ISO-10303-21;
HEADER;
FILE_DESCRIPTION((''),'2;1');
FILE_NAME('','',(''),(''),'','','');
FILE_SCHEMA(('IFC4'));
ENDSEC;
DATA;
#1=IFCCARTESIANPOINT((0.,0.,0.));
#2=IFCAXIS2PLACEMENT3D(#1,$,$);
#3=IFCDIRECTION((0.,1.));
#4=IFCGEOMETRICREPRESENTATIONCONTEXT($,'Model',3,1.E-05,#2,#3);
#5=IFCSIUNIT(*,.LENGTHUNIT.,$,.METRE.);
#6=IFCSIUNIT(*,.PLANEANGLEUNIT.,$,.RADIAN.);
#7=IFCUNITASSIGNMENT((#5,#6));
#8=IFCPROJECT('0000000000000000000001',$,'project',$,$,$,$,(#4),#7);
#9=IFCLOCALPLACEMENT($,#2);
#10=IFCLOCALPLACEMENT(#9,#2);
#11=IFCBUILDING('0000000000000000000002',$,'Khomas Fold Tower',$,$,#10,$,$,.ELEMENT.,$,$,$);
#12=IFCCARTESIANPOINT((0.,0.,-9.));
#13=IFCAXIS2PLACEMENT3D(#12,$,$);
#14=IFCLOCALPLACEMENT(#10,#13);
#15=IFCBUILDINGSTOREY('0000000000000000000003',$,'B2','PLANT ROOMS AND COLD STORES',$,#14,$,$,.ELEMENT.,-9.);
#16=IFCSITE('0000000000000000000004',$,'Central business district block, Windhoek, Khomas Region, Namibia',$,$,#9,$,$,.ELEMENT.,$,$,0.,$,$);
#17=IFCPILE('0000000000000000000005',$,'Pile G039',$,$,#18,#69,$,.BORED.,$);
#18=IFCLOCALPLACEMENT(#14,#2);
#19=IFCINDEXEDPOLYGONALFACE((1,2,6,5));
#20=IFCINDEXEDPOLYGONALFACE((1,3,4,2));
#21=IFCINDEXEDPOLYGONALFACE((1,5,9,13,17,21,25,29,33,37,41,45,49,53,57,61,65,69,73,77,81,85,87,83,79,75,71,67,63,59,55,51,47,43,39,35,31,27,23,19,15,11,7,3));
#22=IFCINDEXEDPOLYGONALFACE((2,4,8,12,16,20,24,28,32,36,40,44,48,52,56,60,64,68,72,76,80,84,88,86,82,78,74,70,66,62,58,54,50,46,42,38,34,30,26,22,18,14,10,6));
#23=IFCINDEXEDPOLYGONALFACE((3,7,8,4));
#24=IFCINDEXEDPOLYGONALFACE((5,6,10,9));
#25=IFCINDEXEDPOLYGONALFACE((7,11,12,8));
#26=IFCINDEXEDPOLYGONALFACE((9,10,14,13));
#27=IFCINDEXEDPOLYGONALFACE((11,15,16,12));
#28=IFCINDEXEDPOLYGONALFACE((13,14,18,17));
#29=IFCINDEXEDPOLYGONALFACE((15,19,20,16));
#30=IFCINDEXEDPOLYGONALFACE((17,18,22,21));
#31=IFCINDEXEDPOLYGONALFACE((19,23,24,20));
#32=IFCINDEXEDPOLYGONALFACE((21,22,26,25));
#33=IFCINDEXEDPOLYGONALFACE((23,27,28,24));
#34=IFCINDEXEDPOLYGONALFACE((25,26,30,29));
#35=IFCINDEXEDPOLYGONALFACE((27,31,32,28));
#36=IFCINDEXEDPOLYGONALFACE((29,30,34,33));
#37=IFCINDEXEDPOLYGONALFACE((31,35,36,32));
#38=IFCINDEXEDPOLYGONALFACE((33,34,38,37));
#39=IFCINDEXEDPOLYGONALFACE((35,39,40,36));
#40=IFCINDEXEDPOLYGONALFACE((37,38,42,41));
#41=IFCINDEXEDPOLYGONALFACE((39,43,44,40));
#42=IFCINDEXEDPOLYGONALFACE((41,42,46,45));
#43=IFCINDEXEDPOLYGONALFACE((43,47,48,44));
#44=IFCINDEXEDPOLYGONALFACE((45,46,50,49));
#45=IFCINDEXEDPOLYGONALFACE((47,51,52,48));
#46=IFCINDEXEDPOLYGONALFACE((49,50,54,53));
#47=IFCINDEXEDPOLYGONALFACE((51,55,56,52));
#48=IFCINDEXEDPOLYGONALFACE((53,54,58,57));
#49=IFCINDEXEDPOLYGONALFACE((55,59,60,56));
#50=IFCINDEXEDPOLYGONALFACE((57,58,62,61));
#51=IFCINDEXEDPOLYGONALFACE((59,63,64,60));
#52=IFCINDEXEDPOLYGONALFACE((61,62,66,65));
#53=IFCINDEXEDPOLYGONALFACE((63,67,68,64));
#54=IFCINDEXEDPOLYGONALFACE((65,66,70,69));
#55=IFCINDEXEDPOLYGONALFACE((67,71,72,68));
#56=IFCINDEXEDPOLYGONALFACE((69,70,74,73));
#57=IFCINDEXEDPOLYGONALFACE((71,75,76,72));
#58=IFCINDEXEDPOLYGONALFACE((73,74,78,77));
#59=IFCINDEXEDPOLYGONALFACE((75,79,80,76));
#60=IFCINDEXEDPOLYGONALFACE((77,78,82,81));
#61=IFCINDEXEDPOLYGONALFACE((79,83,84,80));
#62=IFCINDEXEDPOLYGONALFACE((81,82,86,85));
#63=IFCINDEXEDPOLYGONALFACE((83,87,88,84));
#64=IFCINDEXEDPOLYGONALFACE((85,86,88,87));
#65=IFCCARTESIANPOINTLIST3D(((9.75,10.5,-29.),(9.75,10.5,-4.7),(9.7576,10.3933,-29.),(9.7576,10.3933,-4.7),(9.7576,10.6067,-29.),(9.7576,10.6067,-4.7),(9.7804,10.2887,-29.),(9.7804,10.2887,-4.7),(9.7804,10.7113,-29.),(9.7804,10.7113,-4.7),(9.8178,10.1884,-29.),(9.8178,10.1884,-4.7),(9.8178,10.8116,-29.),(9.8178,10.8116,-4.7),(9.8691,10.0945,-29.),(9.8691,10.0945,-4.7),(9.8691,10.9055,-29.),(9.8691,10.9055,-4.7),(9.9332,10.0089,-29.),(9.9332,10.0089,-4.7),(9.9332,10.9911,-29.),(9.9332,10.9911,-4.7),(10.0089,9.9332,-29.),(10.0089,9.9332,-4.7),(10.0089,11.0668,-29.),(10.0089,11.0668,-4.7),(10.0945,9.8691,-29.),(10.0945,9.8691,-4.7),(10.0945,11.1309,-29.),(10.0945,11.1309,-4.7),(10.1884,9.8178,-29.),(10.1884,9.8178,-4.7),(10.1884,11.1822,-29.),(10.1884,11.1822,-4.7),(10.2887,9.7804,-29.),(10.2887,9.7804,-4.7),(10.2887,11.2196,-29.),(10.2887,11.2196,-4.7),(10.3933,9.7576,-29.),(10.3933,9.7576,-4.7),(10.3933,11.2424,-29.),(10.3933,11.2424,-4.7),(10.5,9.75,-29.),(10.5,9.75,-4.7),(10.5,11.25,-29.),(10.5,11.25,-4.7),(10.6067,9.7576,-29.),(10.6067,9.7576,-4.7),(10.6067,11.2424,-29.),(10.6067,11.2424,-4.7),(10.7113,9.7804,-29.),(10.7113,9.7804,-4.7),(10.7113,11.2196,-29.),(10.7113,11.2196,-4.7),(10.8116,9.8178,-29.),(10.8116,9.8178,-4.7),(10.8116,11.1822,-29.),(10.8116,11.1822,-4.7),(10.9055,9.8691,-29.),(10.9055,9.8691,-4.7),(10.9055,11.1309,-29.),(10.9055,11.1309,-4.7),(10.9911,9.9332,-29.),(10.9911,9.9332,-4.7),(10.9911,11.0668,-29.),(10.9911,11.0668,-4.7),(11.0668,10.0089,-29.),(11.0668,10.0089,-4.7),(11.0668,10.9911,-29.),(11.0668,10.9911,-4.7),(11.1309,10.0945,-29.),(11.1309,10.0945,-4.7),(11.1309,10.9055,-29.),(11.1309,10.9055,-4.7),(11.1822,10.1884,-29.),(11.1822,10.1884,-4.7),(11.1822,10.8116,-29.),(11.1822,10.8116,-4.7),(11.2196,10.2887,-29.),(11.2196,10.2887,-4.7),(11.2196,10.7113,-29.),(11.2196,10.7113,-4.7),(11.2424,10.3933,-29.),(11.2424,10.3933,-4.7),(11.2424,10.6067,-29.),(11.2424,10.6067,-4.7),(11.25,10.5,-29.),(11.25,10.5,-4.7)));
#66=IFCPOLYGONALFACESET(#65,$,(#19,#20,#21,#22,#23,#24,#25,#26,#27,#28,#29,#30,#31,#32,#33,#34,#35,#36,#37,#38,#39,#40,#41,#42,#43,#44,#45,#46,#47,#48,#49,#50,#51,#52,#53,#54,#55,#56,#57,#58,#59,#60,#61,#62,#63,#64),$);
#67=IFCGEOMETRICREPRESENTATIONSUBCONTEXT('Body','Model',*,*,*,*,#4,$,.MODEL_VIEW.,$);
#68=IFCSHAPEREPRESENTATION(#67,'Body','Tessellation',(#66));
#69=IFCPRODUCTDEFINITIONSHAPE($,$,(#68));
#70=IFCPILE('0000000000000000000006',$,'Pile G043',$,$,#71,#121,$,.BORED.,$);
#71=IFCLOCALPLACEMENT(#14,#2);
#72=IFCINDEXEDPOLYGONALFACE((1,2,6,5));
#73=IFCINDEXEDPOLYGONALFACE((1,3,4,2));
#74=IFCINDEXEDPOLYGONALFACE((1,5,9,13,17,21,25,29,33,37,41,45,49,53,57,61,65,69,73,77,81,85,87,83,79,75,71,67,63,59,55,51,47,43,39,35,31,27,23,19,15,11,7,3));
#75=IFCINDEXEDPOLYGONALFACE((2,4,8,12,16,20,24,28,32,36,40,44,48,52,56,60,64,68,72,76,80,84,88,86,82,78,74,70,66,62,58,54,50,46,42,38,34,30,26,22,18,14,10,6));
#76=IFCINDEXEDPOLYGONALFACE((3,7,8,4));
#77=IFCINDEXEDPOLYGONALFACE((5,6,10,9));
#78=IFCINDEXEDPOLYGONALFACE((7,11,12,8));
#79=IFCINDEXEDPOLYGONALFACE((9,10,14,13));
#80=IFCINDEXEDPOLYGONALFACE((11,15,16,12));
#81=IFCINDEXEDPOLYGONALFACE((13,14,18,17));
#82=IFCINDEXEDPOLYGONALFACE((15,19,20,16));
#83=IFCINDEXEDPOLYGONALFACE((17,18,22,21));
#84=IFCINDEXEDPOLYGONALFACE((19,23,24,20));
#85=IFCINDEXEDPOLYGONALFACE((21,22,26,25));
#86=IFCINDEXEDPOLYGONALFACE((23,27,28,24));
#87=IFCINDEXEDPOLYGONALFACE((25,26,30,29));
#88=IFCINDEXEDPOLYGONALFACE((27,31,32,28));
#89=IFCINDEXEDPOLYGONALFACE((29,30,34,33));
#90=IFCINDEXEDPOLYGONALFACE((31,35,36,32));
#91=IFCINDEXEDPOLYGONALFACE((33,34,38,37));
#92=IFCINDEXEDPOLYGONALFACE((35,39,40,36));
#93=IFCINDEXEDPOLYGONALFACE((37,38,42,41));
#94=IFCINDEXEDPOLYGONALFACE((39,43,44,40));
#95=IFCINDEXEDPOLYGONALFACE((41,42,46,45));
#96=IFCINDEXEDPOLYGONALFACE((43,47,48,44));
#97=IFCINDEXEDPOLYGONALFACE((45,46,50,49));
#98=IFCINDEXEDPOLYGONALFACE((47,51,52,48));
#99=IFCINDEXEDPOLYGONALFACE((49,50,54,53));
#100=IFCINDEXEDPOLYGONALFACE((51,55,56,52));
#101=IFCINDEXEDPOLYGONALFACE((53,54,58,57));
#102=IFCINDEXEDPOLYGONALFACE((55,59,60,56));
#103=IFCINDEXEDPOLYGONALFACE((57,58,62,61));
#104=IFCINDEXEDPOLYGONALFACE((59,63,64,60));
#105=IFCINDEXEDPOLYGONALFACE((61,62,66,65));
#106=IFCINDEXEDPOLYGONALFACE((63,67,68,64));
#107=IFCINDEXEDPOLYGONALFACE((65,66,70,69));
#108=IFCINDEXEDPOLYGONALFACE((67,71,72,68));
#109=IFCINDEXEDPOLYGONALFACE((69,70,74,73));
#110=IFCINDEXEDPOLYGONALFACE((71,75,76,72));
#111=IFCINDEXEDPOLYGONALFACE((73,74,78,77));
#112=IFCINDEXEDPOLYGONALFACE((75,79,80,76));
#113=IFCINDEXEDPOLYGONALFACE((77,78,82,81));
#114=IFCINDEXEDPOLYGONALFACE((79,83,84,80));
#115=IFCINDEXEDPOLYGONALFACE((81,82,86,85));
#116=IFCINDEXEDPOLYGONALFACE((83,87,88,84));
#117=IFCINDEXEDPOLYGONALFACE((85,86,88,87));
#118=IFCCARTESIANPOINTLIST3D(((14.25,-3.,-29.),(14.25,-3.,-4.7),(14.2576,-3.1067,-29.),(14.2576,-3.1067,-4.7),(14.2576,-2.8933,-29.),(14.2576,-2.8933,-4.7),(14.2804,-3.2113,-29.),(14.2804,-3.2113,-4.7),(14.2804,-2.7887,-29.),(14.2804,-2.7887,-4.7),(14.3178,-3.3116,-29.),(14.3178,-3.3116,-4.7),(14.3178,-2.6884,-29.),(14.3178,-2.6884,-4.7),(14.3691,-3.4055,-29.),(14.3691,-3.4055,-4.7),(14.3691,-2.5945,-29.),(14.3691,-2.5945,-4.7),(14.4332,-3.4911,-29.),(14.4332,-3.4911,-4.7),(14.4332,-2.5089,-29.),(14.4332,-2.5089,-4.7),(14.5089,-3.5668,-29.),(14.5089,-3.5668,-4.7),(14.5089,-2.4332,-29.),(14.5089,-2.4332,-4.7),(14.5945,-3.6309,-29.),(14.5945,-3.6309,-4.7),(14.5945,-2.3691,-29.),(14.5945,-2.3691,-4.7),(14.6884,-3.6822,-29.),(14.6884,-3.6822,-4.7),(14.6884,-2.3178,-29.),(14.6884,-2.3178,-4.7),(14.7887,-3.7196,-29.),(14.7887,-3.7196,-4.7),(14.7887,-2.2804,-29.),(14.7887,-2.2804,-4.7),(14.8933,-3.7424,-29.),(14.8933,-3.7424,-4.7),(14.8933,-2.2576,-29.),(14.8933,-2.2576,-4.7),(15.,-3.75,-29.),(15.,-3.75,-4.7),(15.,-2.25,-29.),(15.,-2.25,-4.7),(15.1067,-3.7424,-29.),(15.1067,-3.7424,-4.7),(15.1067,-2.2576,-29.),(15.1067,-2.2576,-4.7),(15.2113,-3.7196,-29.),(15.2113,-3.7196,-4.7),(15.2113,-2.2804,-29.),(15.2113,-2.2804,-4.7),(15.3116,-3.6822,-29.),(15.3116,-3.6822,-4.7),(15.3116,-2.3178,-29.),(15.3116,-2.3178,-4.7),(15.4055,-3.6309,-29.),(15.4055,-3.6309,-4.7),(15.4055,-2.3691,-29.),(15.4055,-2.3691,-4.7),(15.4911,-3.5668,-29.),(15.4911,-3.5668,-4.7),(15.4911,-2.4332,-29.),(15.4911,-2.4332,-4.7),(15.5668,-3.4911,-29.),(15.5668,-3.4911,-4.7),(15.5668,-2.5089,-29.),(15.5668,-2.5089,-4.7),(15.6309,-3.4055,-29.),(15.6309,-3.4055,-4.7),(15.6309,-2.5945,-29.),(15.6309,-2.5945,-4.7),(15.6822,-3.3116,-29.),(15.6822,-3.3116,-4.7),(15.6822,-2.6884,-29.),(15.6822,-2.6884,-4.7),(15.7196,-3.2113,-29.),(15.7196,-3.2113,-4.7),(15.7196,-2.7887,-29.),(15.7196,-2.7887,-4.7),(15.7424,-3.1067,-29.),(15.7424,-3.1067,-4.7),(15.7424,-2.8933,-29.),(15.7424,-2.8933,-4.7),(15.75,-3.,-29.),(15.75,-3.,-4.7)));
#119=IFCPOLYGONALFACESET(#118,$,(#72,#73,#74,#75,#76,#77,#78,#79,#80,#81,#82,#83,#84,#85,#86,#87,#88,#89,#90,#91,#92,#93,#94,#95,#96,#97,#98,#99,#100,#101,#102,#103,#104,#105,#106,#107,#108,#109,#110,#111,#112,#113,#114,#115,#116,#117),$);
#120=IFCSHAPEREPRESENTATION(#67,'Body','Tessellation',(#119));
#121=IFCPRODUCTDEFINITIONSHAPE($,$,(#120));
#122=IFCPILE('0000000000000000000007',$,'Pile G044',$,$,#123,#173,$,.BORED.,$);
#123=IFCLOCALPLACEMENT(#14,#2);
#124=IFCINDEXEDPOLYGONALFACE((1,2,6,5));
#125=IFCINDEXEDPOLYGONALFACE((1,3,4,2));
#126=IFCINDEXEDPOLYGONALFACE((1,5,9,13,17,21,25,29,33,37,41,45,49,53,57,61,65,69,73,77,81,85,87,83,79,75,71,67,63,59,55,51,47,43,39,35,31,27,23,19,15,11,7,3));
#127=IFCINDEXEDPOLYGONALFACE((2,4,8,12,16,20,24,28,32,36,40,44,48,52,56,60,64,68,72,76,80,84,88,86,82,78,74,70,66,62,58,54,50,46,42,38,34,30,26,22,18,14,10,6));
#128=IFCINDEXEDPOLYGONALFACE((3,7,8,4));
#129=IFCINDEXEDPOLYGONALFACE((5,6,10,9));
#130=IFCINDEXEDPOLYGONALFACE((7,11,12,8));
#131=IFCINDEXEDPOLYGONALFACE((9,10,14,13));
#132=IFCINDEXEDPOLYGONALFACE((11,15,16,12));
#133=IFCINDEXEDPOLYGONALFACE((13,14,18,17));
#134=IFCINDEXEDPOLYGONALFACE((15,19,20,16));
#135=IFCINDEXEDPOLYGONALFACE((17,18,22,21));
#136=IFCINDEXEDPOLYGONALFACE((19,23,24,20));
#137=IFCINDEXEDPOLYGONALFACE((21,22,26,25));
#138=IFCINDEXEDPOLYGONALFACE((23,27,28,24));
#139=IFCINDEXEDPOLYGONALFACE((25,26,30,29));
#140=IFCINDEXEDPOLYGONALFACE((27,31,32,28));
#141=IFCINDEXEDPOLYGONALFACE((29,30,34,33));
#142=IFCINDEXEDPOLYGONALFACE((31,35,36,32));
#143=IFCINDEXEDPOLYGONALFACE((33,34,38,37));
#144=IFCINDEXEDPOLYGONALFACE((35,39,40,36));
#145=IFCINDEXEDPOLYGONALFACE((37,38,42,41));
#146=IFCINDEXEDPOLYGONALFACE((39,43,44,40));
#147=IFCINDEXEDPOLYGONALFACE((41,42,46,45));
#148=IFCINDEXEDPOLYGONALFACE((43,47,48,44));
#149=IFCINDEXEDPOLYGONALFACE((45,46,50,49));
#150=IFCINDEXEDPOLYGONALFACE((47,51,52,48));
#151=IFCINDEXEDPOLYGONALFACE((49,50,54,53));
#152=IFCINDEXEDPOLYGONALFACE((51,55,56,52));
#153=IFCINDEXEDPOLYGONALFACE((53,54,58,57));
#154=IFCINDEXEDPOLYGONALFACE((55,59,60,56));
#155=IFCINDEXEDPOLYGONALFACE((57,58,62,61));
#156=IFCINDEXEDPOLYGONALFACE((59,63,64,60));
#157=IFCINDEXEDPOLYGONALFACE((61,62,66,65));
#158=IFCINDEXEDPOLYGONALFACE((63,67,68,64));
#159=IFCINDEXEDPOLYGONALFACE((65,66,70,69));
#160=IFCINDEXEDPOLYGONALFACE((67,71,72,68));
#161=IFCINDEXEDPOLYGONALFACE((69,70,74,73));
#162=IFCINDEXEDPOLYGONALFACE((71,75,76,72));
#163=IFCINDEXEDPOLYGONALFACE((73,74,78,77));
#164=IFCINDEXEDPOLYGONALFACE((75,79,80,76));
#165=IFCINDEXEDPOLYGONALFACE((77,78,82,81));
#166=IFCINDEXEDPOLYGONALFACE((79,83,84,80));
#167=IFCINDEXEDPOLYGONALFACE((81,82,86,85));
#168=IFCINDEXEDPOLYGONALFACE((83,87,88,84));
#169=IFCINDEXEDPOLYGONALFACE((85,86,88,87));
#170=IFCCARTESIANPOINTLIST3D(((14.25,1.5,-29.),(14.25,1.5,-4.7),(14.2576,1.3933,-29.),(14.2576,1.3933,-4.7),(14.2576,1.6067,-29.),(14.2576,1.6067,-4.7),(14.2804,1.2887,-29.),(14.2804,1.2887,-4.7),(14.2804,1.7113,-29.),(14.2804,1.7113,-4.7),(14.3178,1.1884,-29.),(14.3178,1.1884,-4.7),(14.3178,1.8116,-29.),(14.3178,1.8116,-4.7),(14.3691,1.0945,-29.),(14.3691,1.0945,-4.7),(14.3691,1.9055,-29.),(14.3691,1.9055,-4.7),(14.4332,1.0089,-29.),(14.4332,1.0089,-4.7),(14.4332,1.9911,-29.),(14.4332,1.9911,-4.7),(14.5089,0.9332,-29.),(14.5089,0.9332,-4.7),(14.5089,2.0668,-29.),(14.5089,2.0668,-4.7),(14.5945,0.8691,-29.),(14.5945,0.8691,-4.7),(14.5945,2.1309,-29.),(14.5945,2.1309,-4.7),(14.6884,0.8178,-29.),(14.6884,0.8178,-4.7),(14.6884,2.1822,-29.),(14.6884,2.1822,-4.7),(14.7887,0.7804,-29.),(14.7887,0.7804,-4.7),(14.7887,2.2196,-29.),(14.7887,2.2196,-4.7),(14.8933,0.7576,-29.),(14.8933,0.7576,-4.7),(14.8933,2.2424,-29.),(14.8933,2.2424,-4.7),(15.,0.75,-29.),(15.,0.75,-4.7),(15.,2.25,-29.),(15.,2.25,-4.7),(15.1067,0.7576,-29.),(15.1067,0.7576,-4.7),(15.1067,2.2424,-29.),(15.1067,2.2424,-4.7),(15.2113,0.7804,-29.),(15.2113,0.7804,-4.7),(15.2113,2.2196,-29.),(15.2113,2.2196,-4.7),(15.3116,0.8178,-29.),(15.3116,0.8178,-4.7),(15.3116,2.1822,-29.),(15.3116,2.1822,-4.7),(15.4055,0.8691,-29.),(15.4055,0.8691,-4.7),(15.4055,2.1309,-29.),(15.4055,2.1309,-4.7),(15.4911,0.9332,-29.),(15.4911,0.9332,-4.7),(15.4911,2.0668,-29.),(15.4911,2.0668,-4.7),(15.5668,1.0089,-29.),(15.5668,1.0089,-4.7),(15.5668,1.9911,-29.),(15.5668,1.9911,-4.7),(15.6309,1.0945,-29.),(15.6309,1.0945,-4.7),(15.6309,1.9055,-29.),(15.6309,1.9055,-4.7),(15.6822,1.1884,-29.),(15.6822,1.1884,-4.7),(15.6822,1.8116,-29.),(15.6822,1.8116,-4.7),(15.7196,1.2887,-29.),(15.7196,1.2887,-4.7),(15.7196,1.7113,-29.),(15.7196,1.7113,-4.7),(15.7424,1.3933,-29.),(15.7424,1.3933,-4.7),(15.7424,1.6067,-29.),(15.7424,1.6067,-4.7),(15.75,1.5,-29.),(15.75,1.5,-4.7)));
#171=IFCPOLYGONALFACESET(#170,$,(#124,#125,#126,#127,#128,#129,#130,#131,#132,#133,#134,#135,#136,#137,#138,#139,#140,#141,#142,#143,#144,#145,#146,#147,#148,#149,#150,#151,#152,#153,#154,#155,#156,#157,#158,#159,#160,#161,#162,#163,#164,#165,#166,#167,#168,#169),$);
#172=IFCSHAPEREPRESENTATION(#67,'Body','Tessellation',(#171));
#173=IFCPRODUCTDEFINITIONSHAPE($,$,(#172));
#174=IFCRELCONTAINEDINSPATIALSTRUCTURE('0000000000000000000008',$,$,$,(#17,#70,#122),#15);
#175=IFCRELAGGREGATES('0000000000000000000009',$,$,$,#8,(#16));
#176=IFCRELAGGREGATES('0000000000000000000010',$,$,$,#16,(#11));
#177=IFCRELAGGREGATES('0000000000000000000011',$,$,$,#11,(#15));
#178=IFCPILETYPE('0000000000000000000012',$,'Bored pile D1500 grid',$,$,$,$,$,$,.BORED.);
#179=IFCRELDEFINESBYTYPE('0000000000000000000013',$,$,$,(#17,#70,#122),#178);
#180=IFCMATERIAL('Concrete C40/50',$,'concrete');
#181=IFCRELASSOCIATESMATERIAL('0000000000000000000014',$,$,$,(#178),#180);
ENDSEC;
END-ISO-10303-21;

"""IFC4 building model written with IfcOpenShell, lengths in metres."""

from ifc_helpers import new_model, si_unit, direction, frame, origin, origin_2d, place, context, subcontext, project, spatial, circle, extrude, source, transform, mapped, material, material_profile, profile_set, type_object, element, save


model = new_model("IFC4")

# Units and contexts
model_context = context("Model", 3, precision=1e-05, world=origin(), true_north=direction((0.0, 1.0)))
body_context = subcontext(model_context, "Body", "Model", "MODEL_VIEW")
ifc_project = project(units=[si_unit("LENGTHUNIT", "METRE"), si_unit("PLANEANGLEUNIT", "RADIAN")], contexts=[model_context])

# Site, building, storey
site_placement = place(None, origin())
site = spatial("IfcSite", under=ifc_project, at=site_placement, Name="Central business district block, Windhoek, Khomas Region, Namibia", CompositionType="ELEMENT", RefElevation=0.0)
building_placement = place(site_placement, origin())
building = spatial("IfcBuilding", under=site, at=building_placement, Name="Khomas Fold Tower", CompositionType="ELEMENT")
storey_placement = place(building_placement, frame((0.0, 0.0, -9.0)))
storey = spatial("IfcBuildingStorey", under=building, at=storey_placement, Name="B2", Description="PLANT ROOMS AND COLD STORES", CompositionType="ELEMENT", Elevation=-9.0)

# Piles
ifc_material_1 = material(Name="Concrete C40/50", Category="concrete")
ifc_material_profile_1 = material_profile(ifc_material_1, circle(Radius=0.75, at=origin_2d()), Name="PILE D1500")
ifc_profile_set_1 = profile_set([ifc_material_profile_1], Name="Concrete C40/50")
pile_type_1 = type_object("IfcPileType", Name="Bored pile D1500 grid", PredefinedType="BORED", material=ifc_profile_set_1)
shared_shape_1 = source(origin(), body_context, "Body", "SweptSolid", [
    extrude(circle(Radius=0.75, at=origin_2d()), origin(), (0.0, 0.0, 1.0), 24.3),
])
for number, where, z_axis, x_axis, name in (
    (1, (10.5, 10.5, -4.7), (0.0, 0.0, -1.0), (1.0, 0.0, 0.0), "Pile G039"),
    (2, (15.0, -3.0, -4.7), (0.0, 0.0, -1.0), (1.0, 0.0, 0.0), "Pile G043"),
    (3, (15.0, 1.5, -4.7), (0.0, 0.0, -1.0), (1.0, 0.0, 0.0), "Pile G044"),
):
    element("IfcPile", number, at=place(storey_placement, frame(where, z_axis=z_axis, x_axis=x_axis)), inside=storey, type_object=pile_type_1, Name=name, PredefinedType="BORED", context=body_context, shape_type="MappedRepresentation", body=[
        mapped(shared_shape_1, transform((0.0, 0.0, 0.0))),
    ])

save(model, "model.ifc")
